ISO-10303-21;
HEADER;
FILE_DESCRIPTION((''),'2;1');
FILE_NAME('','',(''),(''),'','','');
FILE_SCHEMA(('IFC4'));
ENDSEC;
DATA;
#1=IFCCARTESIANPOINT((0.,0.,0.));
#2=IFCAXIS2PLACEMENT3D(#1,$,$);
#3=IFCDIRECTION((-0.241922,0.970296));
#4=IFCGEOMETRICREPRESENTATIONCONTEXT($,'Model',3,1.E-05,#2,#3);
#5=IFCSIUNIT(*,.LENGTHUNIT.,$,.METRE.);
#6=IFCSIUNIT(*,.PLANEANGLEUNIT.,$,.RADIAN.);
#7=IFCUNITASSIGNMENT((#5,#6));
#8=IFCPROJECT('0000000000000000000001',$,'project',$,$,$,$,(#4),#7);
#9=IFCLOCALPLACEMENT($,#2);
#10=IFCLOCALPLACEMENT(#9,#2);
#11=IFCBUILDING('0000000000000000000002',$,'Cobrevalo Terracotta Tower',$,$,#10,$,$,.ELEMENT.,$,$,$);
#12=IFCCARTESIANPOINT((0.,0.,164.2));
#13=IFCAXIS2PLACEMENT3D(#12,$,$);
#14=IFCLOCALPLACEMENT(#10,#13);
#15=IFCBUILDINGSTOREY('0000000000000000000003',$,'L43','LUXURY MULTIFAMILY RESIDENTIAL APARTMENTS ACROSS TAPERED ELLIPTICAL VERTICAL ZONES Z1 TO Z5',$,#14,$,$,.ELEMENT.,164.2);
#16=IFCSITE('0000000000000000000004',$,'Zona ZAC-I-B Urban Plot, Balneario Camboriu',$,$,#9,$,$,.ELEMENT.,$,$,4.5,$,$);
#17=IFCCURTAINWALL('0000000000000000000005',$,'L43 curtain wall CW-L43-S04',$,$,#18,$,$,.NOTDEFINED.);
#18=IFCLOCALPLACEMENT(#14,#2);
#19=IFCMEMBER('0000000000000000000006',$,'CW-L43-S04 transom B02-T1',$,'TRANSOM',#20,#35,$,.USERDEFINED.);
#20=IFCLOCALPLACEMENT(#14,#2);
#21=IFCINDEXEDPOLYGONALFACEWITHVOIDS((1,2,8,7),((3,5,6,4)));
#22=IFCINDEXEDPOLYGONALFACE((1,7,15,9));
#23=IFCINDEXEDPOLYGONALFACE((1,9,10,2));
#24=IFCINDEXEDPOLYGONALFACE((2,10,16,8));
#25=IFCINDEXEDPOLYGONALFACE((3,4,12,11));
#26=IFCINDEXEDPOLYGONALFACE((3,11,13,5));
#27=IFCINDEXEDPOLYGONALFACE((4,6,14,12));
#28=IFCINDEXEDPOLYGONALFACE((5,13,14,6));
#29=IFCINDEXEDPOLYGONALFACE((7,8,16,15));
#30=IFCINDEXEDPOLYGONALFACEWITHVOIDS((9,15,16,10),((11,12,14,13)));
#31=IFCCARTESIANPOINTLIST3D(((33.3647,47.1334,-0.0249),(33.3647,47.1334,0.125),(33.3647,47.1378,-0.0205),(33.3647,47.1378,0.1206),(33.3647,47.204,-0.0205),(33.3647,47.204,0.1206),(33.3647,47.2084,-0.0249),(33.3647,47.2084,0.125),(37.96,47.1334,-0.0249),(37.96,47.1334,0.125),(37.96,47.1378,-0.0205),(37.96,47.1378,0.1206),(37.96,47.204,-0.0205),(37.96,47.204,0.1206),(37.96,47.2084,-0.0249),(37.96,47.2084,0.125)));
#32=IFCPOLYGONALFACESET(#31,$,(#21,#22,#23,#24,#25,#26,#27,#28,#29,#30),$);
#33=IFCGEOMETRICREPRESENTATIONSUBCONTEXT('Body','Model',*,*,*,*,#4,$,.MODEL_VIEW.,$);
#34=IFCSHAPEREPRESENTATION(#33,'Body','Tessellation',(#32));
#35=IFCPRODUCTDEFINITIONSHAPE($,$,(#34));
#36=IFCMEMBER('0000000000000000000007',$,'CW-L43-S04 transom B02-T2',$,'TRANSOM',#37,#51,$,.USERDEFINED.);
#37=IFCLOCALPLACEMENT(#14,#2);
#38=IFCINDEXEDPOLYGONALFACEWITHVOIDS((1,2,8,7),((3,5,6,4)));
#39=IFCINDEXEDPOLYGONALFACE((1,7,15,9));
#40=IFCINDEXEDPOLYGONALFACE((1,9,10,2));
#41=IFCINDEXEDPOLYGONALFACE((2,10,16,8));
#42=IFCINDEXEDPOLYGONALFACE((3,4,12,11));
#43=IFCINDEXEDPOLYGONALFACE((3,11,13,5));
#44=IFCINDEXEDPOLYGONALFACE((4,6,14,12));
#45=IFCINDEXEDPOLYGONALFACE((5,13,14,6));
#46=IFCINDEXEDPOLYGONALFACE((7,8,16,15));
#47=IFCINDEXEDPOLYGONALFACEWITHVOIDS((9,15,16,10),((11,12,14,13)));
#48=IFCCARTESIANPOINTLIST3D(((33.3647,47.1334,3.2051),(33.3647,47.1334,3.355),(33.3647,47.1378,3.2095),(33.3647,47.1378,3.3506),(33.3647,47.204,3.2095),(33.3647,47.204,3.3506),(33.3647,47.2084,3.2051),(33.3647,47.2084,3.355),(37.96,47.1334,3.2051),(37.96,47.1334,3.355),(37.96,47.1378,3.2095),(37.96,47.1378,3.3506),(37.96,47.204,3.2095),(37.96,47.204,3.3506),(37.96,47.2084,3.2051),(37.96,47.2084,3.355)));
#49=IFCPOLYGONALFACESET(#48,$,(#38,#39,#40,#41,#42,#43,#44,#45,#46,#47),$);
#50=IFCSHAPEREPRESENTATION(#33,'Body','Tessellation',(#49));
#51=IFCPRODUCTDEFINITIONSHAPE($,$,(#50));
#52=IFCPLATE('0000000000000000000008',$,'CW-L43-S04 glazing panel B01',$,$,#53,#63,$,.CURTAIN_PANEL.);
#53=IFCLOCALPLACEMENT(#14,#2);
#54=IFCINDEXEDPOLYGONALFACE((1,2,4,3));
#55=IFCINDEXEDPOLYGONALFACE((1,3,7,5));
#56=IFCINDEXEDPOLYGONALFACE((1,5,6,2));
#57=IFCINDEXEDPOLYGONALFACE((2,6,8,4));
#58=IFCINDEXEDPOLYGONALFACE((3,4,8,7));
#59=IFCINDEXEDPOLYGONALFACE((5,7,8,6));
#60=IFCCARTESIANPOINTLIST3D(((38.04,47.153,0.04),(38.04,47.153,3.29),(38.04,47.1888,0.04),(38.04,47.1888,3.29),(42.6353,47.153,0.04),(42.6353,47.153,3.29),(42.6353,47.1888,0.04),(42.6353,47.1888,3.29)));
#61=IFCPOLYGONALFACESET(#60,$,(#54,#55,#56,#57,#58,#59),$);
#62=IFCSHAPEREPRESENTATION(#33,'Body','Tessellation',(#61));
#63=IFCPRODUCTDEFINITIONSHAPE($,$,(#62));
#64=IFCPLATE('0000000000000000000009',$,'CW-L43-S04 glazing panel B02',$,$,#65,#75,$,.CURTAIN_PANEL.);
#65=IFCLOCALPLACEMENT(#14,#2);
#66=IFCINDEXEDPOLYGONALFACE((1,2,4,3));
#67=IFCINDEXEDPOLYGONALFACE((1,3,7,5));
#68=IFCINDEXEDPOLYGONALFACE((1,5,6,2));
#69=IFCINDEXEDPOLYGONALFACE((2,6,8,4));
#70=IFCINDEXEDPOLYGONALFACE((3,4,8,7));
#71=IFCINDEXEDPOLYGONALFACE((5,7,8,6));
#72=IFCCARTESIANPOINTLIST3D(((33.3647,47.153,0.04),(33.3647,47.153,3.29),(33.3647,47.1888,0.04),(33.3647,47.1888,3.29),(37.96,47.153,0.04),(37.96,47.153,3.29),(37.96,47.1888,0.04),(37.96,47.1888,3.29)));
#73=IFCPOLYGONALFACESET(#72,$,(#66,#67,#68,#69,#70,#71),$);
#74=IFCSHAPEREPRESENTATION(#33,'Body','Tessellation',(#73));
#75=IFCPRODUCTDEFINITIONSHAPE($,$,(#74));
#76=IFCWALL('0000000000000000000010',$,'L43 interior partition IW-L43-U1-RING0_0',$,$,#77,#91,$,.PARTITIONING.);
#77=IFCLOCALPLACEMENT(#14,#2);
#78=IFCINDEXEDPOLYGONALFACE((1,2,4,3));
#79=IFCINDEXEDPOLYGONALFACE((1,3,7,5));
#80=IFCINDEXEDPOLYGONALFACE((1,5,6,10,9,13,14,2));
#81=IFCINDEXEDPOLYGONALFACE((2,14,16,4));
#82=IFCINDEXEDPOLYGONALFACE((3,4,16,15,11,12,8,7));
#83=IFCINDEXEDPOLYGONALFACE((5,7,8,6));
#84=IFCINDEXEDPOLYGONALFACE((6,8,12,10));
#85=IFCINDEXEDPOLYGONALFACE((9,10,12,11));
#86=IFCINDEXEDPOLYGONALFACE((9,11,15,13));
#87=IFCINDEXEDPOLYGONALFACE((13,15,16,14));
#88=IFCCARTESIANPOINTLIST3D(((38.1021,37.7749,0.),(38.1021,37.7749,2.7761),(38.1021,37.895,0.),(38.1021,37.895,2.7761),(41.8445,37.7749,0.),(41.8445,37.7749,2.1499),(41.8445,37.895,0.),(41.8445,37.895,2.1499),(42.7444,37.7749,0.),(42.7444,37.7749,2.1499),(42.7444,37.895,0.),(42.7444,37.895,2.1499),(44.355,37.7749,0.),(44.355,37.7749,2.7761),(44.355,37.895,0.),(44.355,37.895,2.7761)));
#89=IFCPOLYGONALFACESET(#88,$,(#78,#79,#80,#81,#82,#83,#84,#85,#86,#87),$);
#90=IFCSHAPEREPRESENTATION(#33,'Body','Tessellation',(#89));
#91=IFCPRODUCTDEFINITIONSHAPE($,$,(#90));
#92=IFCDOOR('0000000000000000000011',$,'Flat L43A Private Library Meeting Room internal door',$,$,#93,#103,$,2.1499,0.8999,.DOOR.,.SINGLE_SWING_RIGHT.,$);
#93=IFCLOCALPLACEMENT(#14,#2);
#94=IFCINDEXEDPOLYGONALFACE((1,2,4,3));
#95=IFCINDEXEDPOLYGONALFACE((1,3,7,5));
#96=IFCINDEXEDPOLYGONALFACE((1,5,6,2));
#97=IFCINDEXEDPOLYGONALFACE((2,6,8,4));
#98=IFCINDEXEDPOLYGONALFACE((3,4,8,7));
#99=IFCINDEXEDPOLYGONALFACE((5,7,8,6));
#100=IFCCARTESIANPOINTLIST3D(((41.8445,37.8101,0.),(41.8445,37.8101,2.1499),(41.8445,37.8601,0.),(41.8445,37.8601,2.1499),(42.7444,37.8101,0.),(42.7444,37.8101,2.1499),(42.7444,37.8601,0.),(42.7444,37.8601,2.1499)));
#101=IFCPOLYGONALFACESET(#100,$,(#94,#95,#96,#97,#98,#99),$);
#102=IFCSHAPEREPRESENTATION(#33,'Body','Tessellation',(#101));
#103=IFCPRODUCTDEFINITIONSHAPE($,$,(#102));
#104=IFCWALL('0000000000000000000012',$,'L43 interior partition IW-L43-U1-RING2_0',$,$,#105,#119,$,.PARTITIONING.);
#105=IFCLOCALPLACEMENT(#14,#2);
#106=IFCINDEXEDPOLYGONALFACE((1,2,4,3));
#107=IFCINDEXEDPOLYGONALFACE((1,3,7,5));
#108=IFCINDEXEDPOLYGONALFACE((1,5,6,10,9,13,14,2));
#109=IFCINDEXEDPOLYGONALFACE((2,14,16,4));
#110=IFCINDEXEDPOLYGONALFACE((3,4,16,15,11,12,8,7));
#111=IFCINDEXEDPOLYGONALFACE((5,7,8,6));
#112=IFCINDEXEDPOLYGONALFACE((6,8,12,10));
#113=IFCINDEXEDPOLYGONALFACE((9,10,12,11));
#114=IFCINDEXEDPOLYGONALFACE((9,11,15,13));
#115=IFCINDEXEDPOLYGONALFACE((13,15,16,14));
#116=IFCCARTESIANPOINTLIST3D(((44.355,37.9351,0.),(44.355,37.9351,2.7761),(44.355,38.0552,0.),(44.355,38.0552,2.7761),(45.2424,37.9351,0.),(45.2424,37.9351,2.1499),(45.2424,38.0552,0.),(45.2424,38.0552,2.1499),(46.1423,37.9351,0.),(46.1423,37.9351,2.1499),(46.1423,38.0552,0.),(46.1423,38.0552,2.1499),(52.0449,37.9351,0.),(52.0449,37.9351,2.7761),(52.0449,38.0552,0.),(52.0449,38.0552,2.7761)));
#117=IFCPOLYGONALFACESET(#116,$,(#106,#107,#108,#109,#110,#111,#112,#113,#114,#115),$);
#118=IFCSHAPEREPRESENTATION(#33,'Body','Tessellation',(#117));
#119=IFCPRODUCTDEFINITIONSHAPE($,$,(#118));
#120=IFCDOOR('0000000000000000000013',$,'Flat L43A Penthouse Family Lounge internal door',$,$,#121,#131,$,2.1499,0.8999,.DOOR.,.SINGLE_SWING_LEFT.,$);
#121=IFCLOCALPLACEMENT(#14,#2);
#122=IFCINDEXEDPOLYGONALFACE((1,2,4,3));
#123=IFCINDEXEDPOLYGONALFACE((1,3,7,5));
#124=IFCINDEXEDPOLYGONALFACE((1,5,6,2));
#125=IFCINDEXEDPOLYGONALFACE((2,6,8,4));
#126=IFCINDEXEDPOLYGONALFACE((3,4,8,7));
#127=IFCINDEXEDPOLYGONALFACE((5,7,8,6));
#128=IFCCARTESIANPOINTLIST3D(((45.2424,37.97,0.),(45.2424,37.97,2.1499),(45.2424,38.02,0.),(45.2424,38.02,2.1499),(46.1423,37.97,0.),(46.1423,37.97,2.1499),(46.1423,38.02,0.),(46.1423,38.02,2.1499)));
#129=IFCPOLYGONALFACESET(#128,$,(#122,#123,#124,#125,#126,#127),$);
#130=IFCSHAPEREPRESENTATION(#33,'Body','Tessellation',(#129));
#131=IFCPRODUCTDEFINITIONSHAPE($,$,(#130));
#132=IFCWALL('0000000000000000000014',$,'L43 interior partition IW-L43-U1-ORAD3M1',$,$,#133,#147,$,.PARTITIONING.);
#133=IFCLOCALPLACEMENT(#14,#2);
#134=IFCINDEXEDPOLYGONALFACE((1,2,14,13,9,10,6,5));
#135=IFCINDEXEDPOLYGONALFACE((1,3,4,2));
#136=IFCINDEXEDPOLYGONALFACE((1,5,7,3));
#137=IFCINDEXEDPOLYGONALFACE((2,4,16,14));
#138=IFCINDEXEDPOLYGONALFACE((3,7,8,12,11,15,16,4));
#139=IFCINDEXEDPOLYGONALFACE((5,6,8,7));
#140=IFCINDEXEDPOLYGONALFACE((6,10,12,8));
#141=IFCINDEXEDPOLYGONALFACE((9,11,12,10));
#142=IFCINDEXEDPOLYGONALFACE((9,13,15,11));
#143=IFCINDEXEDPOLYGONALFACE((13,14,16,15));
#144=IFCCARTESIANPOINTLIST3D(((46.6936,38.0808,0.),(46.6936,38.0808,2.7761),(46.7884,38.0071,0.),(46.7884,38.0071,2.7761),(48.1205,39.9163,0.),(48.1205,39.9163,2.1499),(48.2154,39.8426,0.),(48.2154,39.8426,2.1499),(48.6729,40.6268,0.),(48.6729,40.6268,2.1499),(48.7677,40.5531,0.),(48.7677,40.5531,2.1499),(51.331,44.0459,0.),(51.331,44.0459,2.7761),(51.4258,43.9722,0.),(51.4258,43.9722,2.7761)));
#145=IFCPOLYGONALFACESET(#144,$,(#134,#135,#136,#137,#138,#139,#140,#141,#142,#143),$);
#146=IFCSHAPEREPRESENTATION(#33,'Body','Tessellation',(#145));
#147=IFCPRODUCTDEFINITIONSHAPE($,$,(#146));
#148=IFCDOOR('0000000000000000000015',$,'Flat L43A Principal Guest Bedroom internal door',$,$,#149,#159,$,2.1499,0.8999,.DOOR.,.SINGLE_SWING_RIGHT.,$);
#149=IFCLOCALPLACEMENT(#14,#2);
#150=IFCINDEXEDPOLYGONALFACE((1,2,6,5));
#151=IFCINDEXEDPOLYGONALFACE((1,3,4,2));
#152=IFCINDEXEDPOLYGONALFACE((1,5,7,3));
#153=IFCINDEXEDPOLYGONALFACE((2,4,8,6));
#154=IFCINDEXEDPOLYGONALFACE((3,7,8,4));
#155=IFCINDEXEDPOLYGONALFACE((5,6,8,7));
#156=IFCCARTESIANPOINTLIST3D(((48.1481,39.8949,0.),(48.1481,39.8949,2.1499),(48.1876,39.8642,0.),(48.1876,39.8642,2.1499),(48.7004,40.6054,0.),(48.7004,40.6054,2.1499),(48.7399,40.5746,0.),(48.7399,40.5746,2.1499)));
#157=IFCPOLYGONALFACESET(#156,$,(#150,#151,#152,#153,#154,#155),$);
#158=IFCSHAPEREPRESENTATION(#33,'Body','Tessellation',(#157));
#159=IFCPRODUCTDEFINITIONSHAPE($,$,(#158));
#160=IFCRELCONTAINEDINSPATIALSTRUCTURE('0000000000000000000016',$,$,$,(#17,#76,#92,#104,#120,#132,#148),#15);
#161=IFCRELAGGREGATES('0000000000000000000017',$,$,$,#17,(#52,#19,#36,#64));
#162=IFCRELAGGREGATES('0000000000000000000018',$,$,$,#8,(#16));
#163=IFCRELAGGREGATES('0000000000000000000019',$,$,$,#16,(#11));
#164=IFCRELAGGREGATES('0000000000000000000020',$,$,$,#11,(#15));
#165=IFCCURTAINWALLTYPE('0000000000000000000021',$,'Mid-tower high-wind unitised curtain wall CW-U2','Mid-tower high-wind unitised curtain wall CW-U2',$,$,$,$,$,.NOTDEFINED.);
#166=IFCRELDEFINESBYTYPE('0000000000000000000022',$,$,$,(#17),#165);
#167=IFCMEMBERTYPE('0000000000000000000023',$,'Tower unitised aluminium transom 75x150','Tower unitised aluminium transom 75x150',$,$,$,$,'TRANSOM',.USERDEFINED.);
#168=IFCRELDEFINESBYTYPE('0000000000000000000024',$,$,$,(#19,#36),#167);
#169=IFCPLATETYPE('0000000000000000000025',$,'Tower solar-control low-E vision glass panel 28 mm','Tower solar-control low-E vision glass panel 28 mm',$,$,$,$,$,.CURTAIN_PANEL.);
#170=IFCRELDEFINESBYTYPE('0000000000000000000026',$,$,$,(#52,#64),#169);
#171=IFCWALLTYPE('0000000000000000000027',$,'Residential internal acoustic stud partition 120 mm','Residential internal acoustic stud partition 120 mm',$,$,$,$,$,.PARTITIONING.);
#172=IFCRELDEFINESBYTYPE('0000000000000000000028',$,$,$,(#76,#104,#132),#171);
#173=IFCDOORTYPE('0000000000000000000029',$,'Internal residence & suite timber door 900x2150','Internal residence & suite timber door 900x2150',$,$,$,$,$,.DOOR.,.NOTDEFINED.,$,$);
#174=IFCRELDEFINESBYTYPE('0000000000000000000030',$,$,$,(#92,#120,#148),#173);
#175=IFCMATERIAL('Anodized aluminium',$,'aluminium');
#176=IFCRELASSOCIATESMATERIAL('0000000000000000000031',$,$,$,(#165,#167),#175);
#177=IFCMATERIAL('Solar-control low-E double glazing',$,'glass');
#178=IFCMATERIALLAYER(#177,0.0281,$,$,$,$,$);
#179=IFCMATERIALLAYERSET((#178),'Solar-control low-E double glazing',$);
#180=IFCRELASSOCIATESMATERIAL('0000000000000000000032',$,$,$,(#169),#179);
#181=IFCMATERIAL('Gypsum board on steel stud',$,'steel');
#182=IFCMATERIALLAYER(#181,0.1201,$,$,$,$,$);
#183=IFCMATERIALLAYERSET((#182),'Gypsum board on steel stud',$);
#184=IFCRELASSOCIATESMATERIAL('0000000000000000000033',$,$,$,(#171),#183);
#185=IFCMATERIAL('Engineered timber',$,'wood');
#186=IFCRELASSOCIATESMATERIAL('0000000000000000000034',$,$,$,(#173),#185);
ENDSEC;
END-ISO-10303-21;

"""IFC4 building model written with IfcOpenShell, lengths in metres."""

from ifc_helpers import new_model, si_unit, direction, frame, frame_2d, origin, origin_2d, place, context, subcontext, project, spatial, rectangle, hollow_rectangle, extrude, source, transform, mapped, material, layer, layer_set, material_profile, profile_set, type_object, element, fill, aggregate, save


model = new_model("IFC4")

# Units and contexts
model_context = context("Model", 3, precision=1e-05, world=origin(), true_north=direction((-0.241922, 0.970296)))
body_context = subcontext(model_context, "Body", "Model", "MODEL_VIEW")
ifc_project = project(units=[si_unit("LENGTHUNIT", "METRE"), si_unit("PLANEANGLEUNIT", "RADIAN")], contexts=[model_context])

# Site, building, storey
site_placement = place(None, origin())
site = spatial("IfcSite", under=ifc_project, at=site_placement, Name="Zona ZAC-I-B Urban Plot, Balneario Camboriu", CompositionType="ELEMENT", RefElevation=4.5)
building_placement = place(site_placement, origin())
building = spatial("IfcBuilding", under=site, at=building_placement, Name="Cobrevalo Terracotta Tower", CompositionType="ELEMENT")
storey_placement = place(building_placement, frame((0.0, 0.0, 164.2)))
storey = spatial("IfcBuildingStorey", under=building, at=storey_placement, Name="L43", Description="LUXURY MULTIFAMILY RESIDENTIAL APARTMENTS ACROSS TAPERED ELLIPTICAL VERTICAL ZONES Z1 TO Z5", CompositionType="ELEMENT", Elevation=164.2)

# Curtain wall, members, plates
ifc_material_1 = material(Name="Anodized aluminium", Category="aluminium")
curtain_wall_type = type_object("IfcCurtainWallType", Name="Mid-tower high-wind unitised curtain wall CW-U2", Description="Mid-tower high-wind unitised curtain wall CW-U2", PredefinedType="NOTDEFINED", material=ifc_material_1)
curtain_wall_placement = place(storey_placement, origin())
curtain_wall = element("IfcCurtainWall", 1, at=curtain_wall_placement, inside=storey, type_object=curtain_wall_type, Name="L43 curtain wall CW-L43-S04", PredefinedType="NOTDEFINED")
ifc_material_profile_1 = material_profile(ifc_material_1, hollow_rectangle(XDim=0.075, YDim=0.1499, WallThickness=0.0044, at=origin_2d()), Name="CWT 75x150")
ifc_profile_set_1 = profile_set([ifc_material_profile_1], Name="Anodized aluminium")
member_type_1 = type_object("IfcMemberType", Name="Tower unitised aluminium transom 75x150", Description="Tower unitised aluminium transom 75x150", ElementType="TRANSOM", PredefinedType="USERDEFINED", material=ifc_profile_set_1)
shared_shape_1 = source(origin(), body_context, "Body", "SweptSolid", [
    extrude(hollow_rectangle(XDim=0.075, YDim=0.1499, WallThickness=0.0044, at=origin_2d()), origin(), (0.0, 0.0, 1.0), 4.5952),
])
member_1_placement = place(storey_placement, frame((37.96, 47.1709, 0.05), z_axis=(-1.0, 0.0, 0.0), x_axis=(0.0, -1.0, 0.0)))
member_1 = element("IfcMember", 2, at=member_1_placement, type_object=member_type_1, Name="CW-L43-S04 transom B02-T1", ObjectType="TRANSOM", PredefinedType="USERDEFINED", context=body_context, shape_type="MappedRepresentation", body=[
    mapped(shared_shape_1, transform((0.0, 0.0, 0.0), scale=1.0)),
])
member_2_placement = place(storey_placement, frame((37.96, 47.1709, 3.28), z_axis=(-1.0, 0.0, 0.0), x_axis=(0.0, -1.0, 0.0)))
member_2 = element("IfcMember", 3, at=member_2_placement, type_object=member_type_1, Name="CW-L43-S04 transom B02-T2", ObjectType="TRANSOM", PredefinedType="USERDEFINED", context=body_context, shape_type="MappedRepresentation", body=[
    mapped(shared_shape_1, transform((0.0, 0.0, 0.0), scale=1.0)),
])
ifc_material_2 = material(Name="Solar-control low-E double glazing", Category="glass")
ifc_layer_1 = layer(ifc_material_2, 0.0281)
ifc_layer_set_1 = layer_set([ifc_layer_1], Name="Solar-control low-E double glazing")
plate_type = type_object("IfcPlateType", Name="Tower solar-control low-E vision glass panel 28 mm", Description="Tower solar-control low-E vision glass panel 28 mm", PredefinedType="CURTAIN_PANEL", material=ifc_layer_set_1)
shared_shape_2 = source(origin(), body_context, "Body", "SweptSolid", [
    extrude(rectangle(XDim=4.5952, YDim=0.0359, at=origin_2d()), origin(), (0.0, 0.0, 1.0), 3.25),
])
plate_1_placement = place(storey_placement, frame((40.3376, 47.1709, 0.04), z_axis=(0.0, 0.0, 1.0), x_axis=(-1.0, 0.0, 0.0)))
plate_1 = element("IfcPlate", 4, at=plate_1_placement, type_object=plate_type, Name="CW-L43-S04 glazing panel B01", PredefinedType="CURTAIN_PANEL", context=body_context, shape_type="MappedRepresentation", body=[
    mapped(shared_shape_2, transform((0.0, 0.0, 0.0), scale=1.0)),
])
plate_2_placement = place(storey_placement, frame((35.6624, 47.1709, 0.04), z_axis=(0.0, 0.0, 1.0), x_axis=(-1.0, 0.0, 0.0)))
plate_2 = element("IfcPlate", 5, at=plate_2_placement, type_object=plate_type, Name="CW-L43-S04 glazing panel B02", PredefinedType="CURTAIN_PANEL", context=body_context, shape_type="MappedRepresentation", body=[
    mapped(shared_shape_2, transform((0.0, 0.0, 0.0), scale=1.0)),
])
aggregate(curtain_wall, [plate_1, member_1, member_2, plate_2])

# Walls, openings, doors
ifc_material_3 = material(Name="Gypsum board on steel stud", Category="steel")
ifc_layer_2 = layer(ifc_material_3, 0.1201)
ifc_layer_set_2 = layer_set([ifc_layer_2], Name="Gypsum board on steel stud")
wall_type = type_object("IfcWallType", Name="Residential internal acoustic stud partition 120 mm", Description="Residential internal acoustic stud partition 120 mm", PredefinedType="PARTITIONING", material=ifc_layer_set_2)
wall_1_placement = place(storey_placement, frame((38.1021, 37.835, 0.0), z_axis=(0.0, 0.0, 1.0), x_axis=(1.0, 0.0, 0.0)))
wall_1 = element("IfcWall", 6, at=wall_1_placement, inside=storey, type_object=wall_type, Name="L43 interior partition IW-L43-U1-RING0_0", PredefinedType="PARTITIONING", context=body_context, shape_type="SweptSolid", body=[
    extrude(rectangle(XDim=6.2529, YDim=0.1201, at=frame_2d((3.1265, 0.0))), origin(), (0.0, 0.0, 1.0), 2.7761),
])
opening_1_placement = place(wall_1_placement, frame((3.7424, 0.0, 0.0)))
opening_1 = element("IfcOpeningElement", 7, at=opening_1_placement, cuts=wall_1, PredefinedType="OPENING", context=body_context, shape_type="SweptSolid", body=[
    extrude(rectangle(XDim=0.8999, YDim=2.1499, at=frame_2d((0.45, 1.075))), frame((0.0, 0.0701, 0.0), z_axis=(0.0, -1.0, 0.0), x_axis=(1.0, 0.0, 0.0)), (0.0, 0.0, 1.0), 0.1401),
])
ifc_material_4 = material(Name="Engineered timber", Category="wood")
door_type = type_object("IfcDoorType", Name="Internal residence & suite timber door 900x2150", Description="Internal residence & suite timber door 900x2150", OperationType="NOTDEFINED", PredefinedType="DOOR", material=ifc_material_4)
shared_shape_3 = source(origin(), body_context, "Body", "SweptSolid", [
    extrude(rectangle(XDim=0.8999, YDim=2.1499, at=frame_2d((0.45, 1.075))), frame((0.0, 0.0249, 0.0), z_axis=(0.0, -1.0, 0.0), x_axis=(1.0, 0.0, 0.0)), (0.0, 0.0, 1.0), 0.05),
])
door_1_placement = place(opening_1_placement, frame((0.8999, 0.0, 0.0), z_axis=(0.0, 0.0, 1.0), x_axis=(-1.0, 0.0, 0.0)))
door_1 = element("IfcDoor", 8, at=door_1_placement, inside=storey, type_object=door_type, Name="Flat L43A Private Library Meeting Room internal door", OperationType="SINGLE_SWING_RIGHT", OverallHeight=2.1499, OverallWidth=0.8999, PredefinedType="DOOR", context=body_context, shape_type="MappedRepresentation", body=[
    mapped(shared_shape_3, transform((0.0, 0.0, 0.0), scale=1.0)),
])
fill(opening_1, door_1)
wall_2_placement = place(storey_placement, frame((44.355, 37.9951, 0.0), z_axis=(0.0, 0.0, 1.0), x_axis=(1.0, 0.0, 0.0)))
wall_2 = element("IfcWall", 9, at=wall_2_placement, inside=storey, type_object=wall_type, Name="L43 interior partition IW-L43-U1-RING2_0", PredefinedType="PARTITIONING", context=body_context, shape_type="SweptSolid", body=[
    extrude(rectangle(XDim=7.6899, YDim=0.1201, at=frame_2d((3.845, 0.0))), origin(), (0.0, 0.0, 1.0), 2.7761),
])
opening_2_placement = place(wall_2_placement, frame((0.8875, 0.0, 0.0)))
opening_2 = element("IfcOpeningElement", 10, at=opening_2_placement, cuts=wall_2, PredefinedType="OPENING", context=body_context, shape_type="SweptSolid", body=[
    extrude(rectangle(XDim=0.8999, YDim=2.1499, at=frame_2d((0.45, 1.075))), frame((0.0, 0.0701, 0.0), z_axis=(0.0, -1.0, 0.0), x_axis=(1.0, 0.0, 0.0)), (0.0, 0.0, 1.0), 0.1401),
])
door_2_placement = place(opening_2_placement, origin())
door_2 = element("IfcDoor", 11, at=door_2_placement, inside=storey, type_object=door_type, Name="Flat L43A Penthouse Family Lounge internal door", OperationType="SINGLE_SWING_LEFT", OverallHeight=2.1499, OverallWidth=0.8999, PredefinedType="DOOR", context=body_context, shape_type="MappedRepresentation", body=[
    mapped(shared_shape_3, transform((0.0, 0.0, 0.0), scale=1.0)),
])
fill(opening_2, door_2)
wall_3_placement = place(storey_placement, frame((46.741, 38.0439, 0.0), z_axis=(0.0, 0.0, 1.0), x_axis=(0.613771, 0.789484, 0.0)))
wall_3 = element("IfcWall", 12, at=wall_3_placement, inside=storey, type_object=wall_type, Name="L43 interior partition IW-L43-U1-ORAD3M1", PredefinedType="PARTITIONING", context=body_context, shape_type="SweptSolid", body=[
    extrude(rectangle(XDim=7.5557, YDim=0.1201, at=frame_2d((3.7778, 0.0))), origin(), (0.0, 0.0, 1.0), 2.7761),
])
opening_3_placement = place(wall_3_placement, frame((2.325, 0.0, 0.0)))
opening_3 = element("IfcOpeningElement", 13, at=opening_3_placement, cuts=wall_3, PredefinedType="OPENING", context=body_context, shape_type="SweptSolid", body=[
    extrude(rectangle(XDim=0.8999, YDim=2.1499, at=frame_2d((0.45, 1.075))), frame((0.0, 0.0701, 0.0), z_axis=(0.0, -1.0, 0.0), x_axis=(1.0, 0.0, 0.0)), (0.0, 0.0, 1.0), 0.1401),
])
door_3_placement = place(opening_3_placement, frame((0.8999, 0.0, 0.0), z_axis=(0.0, 0.0, 1.0), x_axis=(-1.0, 0.0, 0.0)))
door_3 = element("IfcDoor", 14, at=door_3_placement, inside=storey, type_object=door_type, Name="Flat L43A Principal Guest Bedroom internal door", OperationType="SINGLE_SWING_RIGHT", OverallHeight=2.1499, OverallWidth=0.8999, PredefinedType="DOOR", context=body_context, shape_type="MappedRepresentation", body=[
    mapped(shared_shape_3, transform((0.0, 0.0, 0.0), scale=1.0)),
])
fill(opening_3, door_3)

save(model, "model.ifc")
